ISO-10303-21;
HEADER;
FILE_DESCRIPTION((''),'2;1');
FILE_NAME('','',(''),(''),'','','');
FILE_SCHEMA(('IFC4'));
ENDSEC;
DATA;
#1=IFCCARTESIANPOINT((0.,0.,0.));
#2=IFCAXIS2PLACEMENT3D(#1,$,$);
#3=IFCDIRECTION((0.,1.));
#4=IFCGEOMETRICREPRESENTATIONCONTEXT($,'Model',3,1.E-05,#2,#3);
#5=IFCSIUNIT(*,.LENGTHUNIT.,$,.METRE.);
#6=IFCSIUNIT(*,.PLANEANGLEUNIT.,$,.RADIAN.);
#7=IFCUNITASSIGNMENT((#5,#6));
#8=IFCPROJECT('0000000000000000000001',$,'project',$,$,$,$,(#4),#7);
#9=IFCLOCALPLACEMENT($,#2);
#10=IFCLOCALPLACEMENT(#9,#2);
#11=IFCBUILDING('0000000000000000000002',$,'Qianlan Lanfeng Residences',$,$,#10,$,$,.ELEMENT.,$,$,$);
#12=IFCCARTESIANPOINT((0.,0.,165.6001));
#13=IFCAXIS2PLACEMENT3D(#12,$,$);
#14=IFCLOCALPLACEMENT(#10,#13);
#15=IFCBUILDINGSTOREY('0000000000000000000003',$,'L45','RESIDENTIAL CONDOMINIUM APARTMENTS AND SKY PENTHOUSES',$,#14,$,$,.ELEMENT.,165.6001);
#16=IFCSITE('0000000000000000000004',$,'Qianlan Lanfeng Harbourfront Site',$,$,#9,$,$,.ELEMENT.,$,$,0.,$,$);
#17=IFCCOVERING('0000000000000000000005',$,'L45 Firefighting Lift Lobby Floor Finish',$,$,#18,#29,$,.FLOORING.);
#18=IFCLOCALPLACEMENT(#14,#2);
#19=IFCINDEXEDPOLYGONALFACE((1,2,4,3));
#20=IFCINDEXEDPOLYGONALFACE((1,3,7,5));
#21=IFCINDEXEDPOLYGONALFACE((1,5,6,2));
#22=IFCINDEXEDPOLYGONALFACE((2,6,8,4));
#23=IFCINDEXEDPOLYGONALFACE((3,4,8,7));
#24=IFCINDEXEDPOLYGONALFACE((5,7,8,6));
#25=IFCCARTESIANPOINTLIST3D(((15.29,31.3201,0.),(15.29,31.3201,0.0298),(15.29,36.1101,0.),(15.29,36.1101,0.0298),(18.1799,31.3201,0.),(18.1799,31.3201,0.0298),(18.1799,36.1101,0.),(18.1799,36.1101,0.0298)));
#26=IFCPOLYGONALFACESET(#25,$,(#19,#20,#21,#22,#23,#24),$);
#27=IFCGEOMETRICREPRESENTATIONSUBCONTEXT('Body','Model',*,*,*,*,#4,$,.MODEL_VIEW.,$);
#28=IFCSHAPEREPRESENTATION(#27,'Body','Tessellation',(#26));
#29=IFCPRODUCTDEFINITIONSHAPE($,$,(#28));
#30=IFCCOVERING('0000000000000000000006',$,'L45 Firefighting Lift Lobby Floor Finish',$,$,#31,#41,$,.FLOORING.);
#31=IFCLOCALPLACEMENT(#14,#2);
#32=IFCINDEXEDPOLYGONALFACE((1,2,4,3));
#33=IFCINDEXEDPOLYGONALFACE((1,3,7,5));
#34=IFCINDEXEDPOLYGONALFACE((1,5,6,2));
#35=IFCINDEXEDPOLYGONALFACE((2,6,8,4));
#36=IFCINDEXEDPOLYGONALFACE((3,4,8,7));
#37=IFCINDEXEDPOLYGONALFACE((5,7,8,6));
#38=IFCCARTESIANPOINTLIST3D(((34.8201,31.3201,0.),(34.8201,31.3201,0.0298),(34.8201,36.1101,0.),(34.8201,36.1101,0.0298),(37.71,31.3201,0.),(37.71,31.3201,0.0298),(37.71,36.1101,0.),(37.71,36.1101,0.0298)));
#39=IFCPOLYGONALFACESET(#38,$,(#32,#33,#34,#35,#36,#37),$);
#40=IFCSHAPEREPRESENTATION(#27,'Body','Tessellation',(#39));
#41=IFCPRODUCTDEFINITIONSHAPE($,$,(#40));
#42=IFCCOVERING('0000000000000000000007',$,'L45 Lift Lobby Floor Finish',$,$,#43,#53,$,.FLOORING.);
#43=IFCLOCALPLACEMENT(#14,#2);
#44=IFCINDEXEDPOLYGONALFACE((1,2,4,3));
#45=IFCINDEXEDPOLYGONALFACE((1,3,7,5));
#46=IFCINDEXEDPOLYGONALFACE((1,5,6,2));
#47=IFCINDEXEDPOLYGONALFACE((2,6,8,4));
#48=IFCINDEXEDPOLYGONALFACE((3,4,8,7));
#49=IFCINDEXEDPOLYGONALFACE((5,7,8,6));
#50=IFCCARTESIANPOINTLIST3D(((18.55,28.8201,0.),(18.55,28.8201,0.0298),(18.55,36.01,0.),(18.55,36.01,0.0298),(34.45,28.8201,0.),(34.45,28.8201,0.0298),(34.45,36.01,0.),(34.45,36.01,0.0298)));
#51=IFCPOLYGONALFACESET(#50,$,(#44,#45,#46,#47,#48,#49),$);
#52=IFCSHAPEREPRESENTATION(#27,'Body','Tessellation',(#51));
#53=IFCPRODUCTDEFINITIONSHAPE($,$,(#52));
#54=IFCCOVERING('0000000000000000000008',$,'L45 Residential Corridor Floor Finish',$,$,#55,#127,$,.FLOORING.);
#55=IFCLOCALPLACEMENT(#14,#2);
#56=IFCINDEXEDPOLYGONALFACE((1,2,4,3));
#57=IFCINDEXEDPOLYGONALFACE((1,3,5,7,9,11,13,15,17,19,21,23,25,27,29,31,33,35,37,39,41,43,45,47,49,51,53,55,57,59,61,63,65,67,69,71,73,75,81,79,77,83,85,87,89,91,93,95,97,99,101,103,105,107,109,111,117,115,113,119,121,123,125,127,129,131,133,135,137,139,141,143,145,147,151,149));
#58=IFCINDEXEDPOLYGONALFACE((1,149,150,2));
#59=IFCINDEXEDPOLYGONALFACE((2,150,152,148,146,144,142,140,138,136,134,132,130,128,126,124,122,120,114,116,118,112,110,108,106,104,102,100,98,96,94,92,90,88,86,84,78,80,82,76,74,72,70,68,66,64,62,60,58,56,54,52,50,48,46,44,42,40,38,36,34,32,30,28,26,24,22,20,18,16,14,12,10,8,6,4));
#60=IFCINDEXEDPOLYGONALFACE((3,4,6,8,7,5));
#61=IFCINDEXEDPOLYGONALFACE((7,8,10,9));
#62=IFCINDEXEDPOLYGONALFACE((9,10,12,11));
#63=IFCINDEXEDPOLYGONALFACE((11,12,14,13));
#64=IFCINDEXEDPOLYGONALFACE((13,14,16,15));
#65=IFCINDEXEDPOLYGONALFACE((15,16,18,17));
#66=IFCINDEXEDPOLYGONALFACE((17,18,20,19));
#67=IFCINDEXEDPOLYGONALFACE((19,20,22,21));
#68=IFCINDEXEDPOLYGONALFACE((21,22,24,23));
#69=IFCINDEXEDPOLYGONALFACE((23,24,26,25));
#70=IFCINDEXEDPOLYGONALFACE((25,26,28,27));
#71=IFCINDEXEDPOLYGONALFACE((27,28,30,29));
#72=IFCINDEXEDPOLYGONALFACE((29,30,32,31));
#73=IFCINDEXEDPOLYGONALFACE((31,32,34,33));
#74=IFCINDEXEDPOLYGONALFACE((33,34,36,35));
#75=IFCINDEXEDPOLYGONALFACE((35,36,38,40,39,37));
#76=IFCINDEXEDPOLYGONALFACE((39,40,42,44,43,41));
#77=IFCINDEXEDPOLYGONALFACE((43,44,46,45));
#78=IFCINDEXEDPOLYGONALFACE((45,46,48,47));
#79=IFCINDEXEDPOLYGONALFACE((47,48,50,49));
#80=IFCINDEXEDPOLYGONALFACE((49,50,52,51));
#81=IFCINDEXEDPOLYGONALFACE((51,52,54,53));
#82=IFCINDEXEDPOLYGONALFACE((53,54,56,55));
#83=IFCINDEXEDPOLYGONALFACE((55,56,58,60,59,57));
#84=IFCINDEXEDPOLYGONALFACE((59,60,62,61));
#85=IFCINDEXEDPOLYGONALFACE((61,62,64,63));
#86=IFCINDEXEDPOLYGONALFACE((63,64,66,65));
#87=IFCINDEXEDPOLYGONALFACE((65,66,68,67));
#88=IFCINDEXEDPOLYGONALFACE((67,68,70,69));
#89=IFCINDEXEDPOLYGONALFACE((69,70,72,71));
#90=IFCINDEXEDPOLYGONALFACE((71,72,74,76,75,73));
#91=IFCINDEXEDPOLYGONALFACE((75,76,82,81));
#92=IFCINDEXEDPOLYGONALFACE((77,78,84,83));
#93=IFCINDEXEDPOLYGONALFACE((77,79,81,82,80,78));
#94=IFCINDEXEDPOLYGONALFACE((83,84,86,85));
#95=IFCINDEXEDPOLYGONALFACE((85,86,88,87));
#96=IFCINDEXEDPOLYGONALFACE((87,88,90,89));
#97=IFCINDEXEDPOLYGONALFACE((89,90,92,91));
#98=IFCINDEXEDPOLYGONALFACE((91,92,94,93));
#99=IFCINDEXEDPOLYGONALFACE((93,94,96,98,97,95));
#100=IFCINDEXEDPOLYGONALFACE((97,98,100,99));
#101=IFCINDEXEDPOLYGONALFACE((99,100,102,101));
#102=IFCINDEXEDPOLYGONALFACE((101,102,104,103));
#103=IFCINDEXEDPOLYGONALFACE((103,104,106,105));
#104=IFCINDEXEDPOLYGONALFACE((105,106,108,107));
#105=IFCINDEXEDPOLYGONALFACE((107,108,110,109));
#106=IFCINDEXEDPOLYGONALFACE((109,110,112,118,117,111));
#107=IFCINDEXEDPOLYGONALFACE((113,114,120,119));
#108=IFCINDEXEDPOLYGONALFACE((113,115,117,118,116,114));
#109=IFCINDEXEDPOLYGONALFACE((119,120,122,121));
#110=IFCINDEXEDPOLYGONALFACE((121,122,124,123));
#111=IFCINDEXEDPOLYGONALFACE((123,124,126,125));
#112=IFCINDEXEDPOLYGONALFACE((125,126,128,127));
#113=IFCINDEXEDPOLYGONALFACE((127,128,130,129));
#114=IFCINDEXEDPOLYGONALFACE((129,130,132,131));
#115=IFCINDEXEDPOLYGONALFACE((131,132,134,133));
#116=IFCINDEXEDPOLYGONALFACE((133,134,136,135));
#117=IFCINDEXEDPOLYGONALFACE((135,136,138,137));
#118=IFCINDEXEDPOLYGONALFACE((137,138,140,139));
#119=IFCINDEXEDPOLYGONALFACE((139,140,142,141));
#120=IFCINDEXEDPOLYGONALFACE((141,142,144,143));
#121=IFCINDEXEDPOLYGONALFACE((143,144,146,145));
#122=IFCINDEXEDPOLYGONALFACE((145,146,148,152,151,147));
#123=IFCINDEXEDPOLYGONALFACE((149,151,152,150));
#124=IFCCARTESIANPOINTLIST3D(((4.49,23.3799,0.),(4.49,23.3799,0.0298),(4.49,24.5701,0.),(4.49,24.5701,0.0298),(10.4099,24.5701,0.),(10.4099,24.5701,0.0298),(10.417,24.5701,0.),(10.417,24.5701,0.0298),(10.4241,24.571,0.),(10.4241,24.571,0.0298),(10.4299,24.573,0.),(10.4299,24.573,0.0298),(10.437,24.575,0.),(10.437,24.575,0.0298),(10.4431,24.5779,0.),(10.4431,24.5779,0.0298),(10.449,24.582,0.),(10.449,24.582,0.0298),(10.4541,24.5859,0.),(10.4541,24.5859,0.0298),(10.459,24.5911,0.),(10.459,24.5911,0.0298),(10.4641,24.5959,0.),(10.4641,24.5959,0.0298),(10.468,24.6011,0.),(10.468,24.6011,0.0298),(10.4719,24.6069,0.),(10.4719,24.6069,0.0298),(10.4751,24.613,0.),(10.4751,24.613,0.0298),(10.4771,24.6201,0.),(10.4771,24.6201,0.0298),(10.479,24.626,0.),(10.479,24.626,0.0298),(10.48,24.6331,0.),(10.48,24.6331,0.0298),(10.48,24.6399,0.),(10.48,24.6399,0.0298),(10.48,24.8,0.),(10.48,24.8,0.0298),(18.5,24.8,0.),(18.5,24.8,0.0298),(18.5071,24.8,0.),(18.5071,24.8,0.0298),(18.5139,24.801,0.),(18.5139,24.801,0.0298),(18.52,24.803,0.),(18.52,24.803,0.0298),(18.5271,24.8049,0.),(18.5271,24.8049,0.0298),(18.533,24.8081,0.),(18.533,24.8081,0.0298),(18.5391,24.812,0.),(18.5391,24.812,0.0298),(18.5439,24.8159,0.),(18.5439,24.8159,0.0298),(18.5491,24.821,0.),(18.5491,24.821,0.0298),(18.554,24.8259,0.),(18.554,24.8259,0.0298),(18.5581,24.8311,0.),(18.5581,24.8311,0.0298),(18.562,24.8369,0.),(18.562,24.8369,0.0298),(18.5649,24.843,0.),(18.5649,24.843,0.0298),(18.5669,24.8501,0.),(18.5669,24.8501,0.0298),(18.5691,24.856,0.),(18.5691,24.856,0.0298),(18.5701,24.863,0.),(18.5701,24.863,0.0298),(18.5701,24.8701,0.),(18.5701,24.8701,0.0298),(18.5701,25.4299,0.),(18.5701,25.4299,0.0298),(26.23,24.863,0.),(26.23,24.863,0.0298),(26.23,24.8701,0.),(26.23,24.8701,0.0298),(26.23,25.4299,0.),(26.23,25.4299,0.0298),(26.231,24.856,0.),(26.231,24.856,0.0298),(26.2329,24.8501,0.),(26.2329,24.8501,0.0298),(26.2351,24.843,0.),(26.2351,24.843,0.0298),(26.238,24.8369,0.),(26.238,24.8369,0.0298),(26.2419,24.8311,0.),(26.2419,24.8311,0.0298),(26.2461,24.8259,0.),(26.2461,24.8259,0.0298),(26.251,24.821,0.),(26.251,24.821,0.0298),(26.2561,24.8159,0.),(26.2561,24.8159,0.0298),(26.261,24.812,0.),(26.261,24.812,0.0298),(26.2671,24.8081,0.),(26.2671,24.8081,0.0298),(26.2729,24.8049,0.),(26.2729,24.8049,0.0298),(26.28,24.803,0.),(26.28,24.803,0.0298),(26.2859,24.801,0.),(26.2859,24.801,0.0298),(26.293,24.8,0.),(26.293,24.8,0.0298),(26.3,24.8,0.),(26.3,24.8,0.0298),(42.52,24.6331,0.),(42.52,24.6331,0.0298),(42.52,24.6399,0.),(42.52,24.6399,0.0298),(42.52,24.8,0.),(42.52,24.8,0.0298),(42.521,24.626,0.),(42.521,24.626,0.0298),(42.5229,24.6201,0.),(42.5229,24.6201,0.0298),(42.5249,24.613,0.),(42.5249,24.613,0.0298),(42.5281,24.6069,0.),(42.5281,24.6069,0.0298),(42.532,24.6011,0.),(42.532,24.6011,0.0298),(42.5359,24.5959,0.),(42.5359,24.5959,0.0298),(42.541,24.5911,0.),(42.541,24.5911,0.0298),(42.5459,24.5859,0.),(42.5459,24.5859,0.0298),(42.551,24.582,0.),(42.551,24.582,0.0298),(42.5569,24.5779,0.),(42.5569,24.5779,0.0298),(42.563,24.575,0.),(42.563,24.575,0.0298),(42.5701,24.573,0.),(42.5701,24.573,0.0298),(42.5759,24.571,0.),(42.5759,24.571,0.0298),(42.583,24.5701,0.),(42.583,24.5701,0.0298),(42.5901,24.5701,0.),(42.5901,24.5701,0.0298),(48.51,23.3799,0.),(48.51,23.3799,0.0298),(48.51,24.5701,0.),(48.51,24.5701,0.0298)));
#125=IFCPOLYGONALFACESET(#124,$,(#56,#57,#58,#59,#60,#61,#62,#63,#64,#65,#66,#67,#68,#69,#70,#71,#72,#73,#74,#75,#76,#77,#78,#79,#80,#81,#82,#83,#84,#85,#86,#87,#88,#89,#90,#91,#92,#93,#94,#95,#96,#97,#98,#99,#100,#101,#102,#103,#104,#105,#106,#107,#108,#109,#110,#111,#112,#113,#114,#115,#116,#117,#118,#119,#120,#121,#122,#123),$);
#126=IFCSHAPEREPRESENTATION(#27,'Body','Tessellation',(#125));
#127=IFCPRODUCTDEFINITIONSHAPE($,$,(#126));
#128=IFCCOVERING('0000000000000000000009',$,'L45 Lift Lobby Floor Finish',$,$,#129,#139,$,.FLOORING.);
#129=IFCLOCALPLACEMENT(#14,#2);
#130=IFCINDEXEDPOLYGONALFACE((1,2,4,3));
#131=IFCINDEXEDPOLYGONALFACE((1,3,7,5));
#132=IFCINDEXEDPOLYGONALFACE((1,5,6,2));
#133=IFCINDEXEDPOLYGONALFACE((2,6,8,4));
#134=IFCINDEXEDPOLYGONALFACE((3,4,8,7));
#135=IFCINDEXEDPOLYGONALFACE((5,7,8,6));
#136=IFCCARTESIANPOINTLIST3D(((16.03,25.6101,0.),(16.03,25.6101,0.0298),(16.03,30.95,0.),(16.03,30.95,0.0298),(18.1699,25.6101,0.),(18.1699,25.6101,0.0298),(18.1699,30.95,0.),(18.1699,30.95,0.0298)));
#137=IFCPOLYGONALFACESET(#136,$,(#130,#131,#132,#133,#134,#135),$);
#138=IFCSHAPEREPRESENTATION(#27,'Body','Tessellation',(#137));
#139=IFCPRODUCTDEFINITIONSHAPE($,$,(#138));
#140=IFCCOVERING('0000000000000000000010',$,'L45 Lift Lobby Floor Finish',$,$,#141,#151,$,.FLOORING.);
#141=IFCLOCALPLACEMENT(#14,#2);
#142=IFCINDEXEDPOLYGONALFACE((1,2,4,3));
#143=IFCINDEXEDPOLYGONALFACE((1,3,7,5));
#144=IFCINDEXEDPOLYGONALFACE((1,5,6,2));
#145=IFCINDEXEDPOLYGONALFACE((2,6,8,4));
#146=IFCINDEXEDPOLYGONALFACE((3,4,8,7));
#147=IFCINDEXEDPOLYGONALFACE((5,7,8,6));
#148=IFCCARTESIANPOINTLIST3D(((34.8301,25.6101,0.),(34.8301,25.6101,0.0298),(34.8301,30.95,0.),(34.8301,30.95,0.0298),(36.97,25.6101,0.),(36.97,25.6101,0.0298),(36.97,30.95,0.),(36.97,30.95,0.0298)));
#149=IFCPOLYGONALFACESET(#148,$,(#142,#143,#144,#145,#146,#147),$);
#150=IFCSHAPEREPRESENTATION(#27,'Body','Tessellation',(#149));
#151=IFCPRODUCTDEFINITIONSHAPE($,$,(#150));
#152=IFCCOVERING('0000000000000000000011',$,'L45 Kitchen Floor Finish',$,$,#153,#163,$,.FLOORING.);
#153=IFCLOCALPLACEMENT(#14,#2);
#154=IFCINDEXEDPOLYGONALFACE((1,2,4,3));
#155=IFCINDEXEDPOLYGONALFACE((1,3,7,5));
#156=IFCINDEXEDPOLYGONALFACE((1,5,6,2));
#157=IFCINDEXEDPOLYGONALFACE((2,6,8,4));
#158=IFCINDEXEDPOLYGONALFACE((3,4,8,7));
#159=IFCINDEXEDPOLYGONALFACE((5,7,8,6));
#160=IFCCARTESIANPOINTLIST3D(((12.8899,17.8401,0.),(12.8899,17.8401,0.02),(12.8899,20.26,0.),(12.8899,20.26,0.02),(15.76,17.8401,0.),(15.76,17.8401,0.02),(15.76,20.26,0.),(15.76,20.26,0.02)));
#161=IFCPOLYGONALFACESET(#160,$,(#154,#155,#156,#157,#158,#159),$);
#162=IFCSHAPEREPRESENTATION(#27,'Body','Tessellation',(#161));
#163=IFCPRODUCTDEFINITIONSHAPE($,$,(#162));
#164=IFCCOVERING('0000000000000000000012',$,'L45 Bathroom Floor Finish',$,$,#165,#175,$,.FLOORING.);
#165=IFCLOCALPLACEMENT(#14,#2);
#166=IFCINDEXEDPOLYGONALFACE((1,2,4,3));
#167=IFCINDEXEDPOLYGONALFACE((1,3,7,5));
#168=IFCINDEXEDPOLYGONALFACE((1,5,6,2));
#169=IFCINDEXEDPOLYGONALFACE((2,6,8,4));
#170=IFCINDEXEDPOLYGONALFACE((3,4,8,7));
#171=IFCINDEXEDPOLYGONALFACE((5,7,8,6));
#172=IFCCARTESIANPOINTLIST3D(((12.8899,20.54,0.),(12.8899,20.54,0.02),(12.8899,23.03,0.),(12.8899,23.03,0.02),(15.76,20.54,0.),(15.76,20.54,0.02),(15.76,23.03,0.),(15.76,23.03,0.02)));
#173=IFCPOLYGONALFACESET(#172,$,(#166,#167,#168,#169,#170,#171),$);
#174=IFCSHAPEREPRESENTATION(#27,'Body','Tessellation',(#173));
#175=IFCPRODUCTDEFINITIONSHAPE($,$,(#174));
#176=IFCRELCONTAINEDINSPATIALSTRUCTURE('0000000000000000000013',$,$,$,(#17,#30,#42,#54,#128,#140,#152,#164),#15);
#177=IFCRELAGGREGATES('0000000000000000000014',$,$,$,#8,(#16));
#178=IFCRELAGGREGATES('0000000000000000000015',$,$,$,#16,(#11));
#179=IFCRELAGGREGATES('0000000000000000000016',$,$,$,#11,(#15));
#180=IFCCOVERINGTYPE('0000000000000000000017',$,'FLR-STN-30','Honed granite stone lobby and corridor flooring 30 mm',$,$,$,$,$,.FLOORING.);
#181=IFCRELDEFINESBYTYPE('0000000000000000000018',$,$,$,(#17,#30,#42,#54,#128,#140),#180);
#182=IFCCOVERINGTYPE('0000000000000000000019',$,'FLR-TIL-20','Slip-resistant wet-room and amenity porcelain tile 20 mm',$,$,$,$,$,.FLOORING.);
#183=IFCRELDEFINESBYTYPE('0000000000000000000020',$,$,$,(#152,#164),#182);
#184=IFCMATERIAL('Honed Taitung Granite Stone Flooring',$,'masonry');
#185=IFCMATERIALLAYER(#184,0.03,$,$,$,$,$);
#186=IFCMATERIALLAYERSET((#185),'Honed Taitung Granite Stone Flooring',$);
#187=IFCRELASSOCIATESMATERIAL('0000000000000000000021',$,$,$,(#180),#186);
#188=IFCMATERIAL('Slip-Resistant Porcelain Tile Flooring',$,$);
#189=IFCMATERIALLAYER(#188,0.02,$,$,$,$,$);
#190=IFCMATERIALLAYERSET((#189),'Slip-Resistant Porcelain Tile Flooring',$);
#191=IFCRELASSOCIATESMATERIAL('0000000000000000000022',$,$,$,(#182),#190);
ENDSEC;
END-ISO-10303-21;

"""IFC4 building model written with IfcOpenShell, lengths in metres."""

from ifc_helpers import new_model, si_unit, direction, frame, origin, place, context, subcontext, project, spatial, polyline, outline, extrude, material, layer, layer_set, type_object, element, save


model = new_model("IFC4")

# Units and contexts
model_context = context("Model", 3, precision=1e-05, world=origin(), true_north=direction((0.0, 1.0)))
body_context = subcontext(model_context, "Body", "Model", "MODEL_VIEW")
ifc_project = project(units=[si_unit("LENGTHUNIT", "METRE"), si_unit("PLANEANGLEUNIT", "RADIAN")], contexts=[model_context])

# Site, building, storey
site_placement = place(None, origin())
site = spatial("IfcSite", under=ifc_project, at=site_placement, Name="Qianlan Lanfeng Harbourfront Site", CompositionType="ELEMENT", RefElevation=0.0)
building_placement = place(site_placement, origin())
building = spatial("IfcBuilding", under=site, at=building_placement, Name="Qianlan Lanfeng Residences", CompositionType="ELEMENT")
storey_placement = place(building_placement, frame((0.0, 0.0, 165.6001)))
storey = spatial("IfcBuildingStorey", under=building, at=storey_placement, Name="L45", Description="RESIDENTIAL CONDOMINIUM APARTMENTS AND SKY PENTHOUSES", CompositionType="ELEMENT", Elevation=165.6001)

# Coverings
ifc_material_1 = material(Name="Honed Taitung Granite Stone Flooring", Category="masonry")
ifc_layer_1 = layer(ifc_material_1, 0.03)
ifc_layer_set_1 = layer_set([ifc_layer_1], Name="Honed Taitung Granite Stone Flooring")
covering_type_1 = type_object("IfcCoveringType", Name="FLR-STN-30", Description="Honed granite stone lobby and corridor flooring 30 mm", PredefinedType="FLOORING", material=ifc_layer_set_1)
covering_1_placement = place(storey_placement, origin())
element("IfcCovering", 1, at=covering_1_placement, inside=storey, type_object=covering_type_1, Name="L45 Firefighting Lift Lobby Floor Finish", PredefinedType="FLOORING", context=body_context, shape_type="SweptSolid", body=[
    extrude(outline(polyline([(15.29, 31.3201), (18.1799, 31.3201), (18.1799, 36.1101), (15.29, 36.1101), (15.29, 31.3201)])), origin(), (0.0, 0.0, 1.0), 0.0298),
])
covering_2_placement = place(storey_placement, origin())
element("IfcCovering", 2, at=covering_2_placement, inside=storey, type_object=covering_type_1, Name="L45 Firefighting Lift Lobby Floor Finish", PredefinedType="FLOORING", context=body_context, shape_type="SweptSolid", body=[
    extrude(outline(polyline([(34.8201, 31.3201), (37.71, 31.3201), (37.71, 36.1101), (34.8201, 36.1101), (34.8201, 31.3201)])), origin(), (0.0, 0.0, 1.0), 0.0298),
])
covering_3_placement = place(storey_placement, origin())
element("IfcCovering", 3, at=covering_3_placement, inside=storey, type_object=covering_type_1, Name="L45 Lift Lobby Floor Finish", PredefinedType="FLOORING", context=body_context, shape_type="SweptSolid", body=[
    extrude(outline(polyline([(18.55, 28.8201), (34.45, 28.8201), (34.45, 36.01), (18.55, 36.01), (18.55, 28.8201)])), origin(), (0.0, 0.0, 1.0), 0.0298),
])
covering_4_placement = place(storey_placement, origin())
element("IfcCovering", 4, at=covering_4_placement, inside=storey, type_object=covering_type_1, Name="L45 Residential Corridor Floor Finish", PredefinedType="FLOORING", context=body_context, shape_type="SweptSolid", body=[
    extrude(outline(polyline([(4.49, 23.3799), (48.51, 23.3799), (48.51, 24.5701), (42.5901, 24.5701), (42.583, 24.5701), (42.5759, 24.571), (42.5701, 24.573), (42.563, 24.575), (42.5569, 24.5779), (42.551, 24.582), (42.5459, 24.5859), (42.541, 24.5911), (42.5359, 24.5959), (42.532, 24.6011), (42.5281, 24.6069), (42.5249, 24.613), (42.5229, 24.6201), (42.521, 24.626), (42.52, 24.6331), (42.52, 24.6399), (42.52, 24.8), (26.3, 24.8), (26.293, 24.8), (26.2859, 24.801), (26.28, 24.803), (26.2729, 24.8049), (26.2671, 24.8081), (26.261, 24.812), (26.2561, 24.8159), (26.251, 24.821), (26.2461, 24.8259), (26.2419, 24.8311), (26.238, 24.8369), (26.2351, 24.843), (26.2329, 24.8501), (26.231, 24.856), (26.23, 24.863), (26.23, 24.8701), (26.23, 25.4299), (18.5701, 25.4299), (18.5701, 24.8701), (18.5701, 24.863), (18.5691, 24.856), (18.5669, 24.8501), (18.5649, 24.843), (18.562, 24.8369), (18.5581, 24.8311), (18.554, 24.8259), (18.5491, 24.821), (18.5439, 24.8159), (18.5391, 24.812), (18.533, 24.8081), (18.5271, 24.8049), (18.52, 24.803), (18.5139, 24.801), (18.5071, 24.8), (18.5, 24.8), (10.48, 24.8), (10.48, 24.6399), (10.48, 24.6331), (10.479, 24.626), (10.4771, 24.6201), (10.4751, 24.613), (10.4719, 24.6069), (10.468, 24.6011), (10.4641, 24.5959), (10.459, 24.5911), (10.4541, 24.5859), (10.449, 24.582), (10.4431, 24.5779), (10.437, 24.575), (10.4299, 24.573), (10.4241, 24.571), (10.417, 24.5701), (10.4099, 24.5701), (4.49, 24.5701), (4.49, 23.3799)])), origin(), (0.0, 0.0, 1.0), 0.0298),
])
covering_5_placement = place(storey_placement, origin())
element("IfcCovering", 5, at=covering_5_placement, inside=storey, type_object=covering_type_1, Name="L45 Lift Lobby Floor Finish", PredefinedType="FLOORING", context=body_context, shape_type="SweptSolid", body=[
    extrude(outline(polyline([(16.03, 25.6101), (18.1699, 25.6101), (18.1699, 30.95), (16.03, 30.95), (16.03, 25.6101)])), origin(), (0.0, 0.0, 1.0), 0.0298),
])
covering_6_placement = place(storey_placement, origin())
element("IfcCovering", 6, at=covering_6_placement, inside=storey, type_object=covering_type_1, Name="L45 Lift Lobby Floor Finish", PredefinedType="FLOORING", context=body_context, shape_type="SweptSolid", body=[
    extrude(outline(polyline([(34.8301, 25.6101), (36.97, 25.6101), (36.97, 30.95), (34.8301, 30.95), (34.8301, 25.6101)])), origin(), (0.0, 0.0, 1.0), 0.0298),
])
ifc_material_2 = material(Name="Slip-Resistant Porcelain Tile Flooring")
ifc_layer_2 = layer(ifc_material_2, 0.02)
ifc_layer_set_2 = layer_set([ifc_layer_2], Name="Slip-Resistant Porcelain Tile Flooring")
covering_type_2 = type_object("IfcCoveringType", Name="FLR-TIL-20", Description="Slip-resistant wet-room and amenity porcelain tile 20 mm", PredefinedType="FLOORING", material=ifc_layer_set_2)
covering_7_placement = place(storey_placement, origin())
element("IfcCovering", 7, at=covering_7_placement, inside=storey, type_object=covering_type_2, Name="L45 Kitchen Floor Finish", PredefinedType="FLOORING", context=body_context, shape_type="SweptSolid", body=[
    extrude(outline(polyline([(12.8899, 17.8401), (15.76, 17.8401), (15.76, 20.26), (12.8899, 20.26), (12.8899, 17.8401)])), origin(), (0.0, 0.0, 1.0), 0.02),
])
covering_8_placement = place(storey_placement, origin())
element("IfcCovering", 8, at=covering_8_placement, inside=storey, type_object=covering_type_2, Name="L45 Bathroom Floor Finish", PredefinedType="FLOORING", context=body_context, shape_type="SweptSolid", body=[
    extrude(outline(polyline([(12.8899, 20.54), (15.76, 20.54), (15.76, 23.03), (12.8899, 23.03), (12.8899, 20.54)])), origin(), (0.0, 0.0, 1.0), 0.02),
])

save(model, "model.ifc")
